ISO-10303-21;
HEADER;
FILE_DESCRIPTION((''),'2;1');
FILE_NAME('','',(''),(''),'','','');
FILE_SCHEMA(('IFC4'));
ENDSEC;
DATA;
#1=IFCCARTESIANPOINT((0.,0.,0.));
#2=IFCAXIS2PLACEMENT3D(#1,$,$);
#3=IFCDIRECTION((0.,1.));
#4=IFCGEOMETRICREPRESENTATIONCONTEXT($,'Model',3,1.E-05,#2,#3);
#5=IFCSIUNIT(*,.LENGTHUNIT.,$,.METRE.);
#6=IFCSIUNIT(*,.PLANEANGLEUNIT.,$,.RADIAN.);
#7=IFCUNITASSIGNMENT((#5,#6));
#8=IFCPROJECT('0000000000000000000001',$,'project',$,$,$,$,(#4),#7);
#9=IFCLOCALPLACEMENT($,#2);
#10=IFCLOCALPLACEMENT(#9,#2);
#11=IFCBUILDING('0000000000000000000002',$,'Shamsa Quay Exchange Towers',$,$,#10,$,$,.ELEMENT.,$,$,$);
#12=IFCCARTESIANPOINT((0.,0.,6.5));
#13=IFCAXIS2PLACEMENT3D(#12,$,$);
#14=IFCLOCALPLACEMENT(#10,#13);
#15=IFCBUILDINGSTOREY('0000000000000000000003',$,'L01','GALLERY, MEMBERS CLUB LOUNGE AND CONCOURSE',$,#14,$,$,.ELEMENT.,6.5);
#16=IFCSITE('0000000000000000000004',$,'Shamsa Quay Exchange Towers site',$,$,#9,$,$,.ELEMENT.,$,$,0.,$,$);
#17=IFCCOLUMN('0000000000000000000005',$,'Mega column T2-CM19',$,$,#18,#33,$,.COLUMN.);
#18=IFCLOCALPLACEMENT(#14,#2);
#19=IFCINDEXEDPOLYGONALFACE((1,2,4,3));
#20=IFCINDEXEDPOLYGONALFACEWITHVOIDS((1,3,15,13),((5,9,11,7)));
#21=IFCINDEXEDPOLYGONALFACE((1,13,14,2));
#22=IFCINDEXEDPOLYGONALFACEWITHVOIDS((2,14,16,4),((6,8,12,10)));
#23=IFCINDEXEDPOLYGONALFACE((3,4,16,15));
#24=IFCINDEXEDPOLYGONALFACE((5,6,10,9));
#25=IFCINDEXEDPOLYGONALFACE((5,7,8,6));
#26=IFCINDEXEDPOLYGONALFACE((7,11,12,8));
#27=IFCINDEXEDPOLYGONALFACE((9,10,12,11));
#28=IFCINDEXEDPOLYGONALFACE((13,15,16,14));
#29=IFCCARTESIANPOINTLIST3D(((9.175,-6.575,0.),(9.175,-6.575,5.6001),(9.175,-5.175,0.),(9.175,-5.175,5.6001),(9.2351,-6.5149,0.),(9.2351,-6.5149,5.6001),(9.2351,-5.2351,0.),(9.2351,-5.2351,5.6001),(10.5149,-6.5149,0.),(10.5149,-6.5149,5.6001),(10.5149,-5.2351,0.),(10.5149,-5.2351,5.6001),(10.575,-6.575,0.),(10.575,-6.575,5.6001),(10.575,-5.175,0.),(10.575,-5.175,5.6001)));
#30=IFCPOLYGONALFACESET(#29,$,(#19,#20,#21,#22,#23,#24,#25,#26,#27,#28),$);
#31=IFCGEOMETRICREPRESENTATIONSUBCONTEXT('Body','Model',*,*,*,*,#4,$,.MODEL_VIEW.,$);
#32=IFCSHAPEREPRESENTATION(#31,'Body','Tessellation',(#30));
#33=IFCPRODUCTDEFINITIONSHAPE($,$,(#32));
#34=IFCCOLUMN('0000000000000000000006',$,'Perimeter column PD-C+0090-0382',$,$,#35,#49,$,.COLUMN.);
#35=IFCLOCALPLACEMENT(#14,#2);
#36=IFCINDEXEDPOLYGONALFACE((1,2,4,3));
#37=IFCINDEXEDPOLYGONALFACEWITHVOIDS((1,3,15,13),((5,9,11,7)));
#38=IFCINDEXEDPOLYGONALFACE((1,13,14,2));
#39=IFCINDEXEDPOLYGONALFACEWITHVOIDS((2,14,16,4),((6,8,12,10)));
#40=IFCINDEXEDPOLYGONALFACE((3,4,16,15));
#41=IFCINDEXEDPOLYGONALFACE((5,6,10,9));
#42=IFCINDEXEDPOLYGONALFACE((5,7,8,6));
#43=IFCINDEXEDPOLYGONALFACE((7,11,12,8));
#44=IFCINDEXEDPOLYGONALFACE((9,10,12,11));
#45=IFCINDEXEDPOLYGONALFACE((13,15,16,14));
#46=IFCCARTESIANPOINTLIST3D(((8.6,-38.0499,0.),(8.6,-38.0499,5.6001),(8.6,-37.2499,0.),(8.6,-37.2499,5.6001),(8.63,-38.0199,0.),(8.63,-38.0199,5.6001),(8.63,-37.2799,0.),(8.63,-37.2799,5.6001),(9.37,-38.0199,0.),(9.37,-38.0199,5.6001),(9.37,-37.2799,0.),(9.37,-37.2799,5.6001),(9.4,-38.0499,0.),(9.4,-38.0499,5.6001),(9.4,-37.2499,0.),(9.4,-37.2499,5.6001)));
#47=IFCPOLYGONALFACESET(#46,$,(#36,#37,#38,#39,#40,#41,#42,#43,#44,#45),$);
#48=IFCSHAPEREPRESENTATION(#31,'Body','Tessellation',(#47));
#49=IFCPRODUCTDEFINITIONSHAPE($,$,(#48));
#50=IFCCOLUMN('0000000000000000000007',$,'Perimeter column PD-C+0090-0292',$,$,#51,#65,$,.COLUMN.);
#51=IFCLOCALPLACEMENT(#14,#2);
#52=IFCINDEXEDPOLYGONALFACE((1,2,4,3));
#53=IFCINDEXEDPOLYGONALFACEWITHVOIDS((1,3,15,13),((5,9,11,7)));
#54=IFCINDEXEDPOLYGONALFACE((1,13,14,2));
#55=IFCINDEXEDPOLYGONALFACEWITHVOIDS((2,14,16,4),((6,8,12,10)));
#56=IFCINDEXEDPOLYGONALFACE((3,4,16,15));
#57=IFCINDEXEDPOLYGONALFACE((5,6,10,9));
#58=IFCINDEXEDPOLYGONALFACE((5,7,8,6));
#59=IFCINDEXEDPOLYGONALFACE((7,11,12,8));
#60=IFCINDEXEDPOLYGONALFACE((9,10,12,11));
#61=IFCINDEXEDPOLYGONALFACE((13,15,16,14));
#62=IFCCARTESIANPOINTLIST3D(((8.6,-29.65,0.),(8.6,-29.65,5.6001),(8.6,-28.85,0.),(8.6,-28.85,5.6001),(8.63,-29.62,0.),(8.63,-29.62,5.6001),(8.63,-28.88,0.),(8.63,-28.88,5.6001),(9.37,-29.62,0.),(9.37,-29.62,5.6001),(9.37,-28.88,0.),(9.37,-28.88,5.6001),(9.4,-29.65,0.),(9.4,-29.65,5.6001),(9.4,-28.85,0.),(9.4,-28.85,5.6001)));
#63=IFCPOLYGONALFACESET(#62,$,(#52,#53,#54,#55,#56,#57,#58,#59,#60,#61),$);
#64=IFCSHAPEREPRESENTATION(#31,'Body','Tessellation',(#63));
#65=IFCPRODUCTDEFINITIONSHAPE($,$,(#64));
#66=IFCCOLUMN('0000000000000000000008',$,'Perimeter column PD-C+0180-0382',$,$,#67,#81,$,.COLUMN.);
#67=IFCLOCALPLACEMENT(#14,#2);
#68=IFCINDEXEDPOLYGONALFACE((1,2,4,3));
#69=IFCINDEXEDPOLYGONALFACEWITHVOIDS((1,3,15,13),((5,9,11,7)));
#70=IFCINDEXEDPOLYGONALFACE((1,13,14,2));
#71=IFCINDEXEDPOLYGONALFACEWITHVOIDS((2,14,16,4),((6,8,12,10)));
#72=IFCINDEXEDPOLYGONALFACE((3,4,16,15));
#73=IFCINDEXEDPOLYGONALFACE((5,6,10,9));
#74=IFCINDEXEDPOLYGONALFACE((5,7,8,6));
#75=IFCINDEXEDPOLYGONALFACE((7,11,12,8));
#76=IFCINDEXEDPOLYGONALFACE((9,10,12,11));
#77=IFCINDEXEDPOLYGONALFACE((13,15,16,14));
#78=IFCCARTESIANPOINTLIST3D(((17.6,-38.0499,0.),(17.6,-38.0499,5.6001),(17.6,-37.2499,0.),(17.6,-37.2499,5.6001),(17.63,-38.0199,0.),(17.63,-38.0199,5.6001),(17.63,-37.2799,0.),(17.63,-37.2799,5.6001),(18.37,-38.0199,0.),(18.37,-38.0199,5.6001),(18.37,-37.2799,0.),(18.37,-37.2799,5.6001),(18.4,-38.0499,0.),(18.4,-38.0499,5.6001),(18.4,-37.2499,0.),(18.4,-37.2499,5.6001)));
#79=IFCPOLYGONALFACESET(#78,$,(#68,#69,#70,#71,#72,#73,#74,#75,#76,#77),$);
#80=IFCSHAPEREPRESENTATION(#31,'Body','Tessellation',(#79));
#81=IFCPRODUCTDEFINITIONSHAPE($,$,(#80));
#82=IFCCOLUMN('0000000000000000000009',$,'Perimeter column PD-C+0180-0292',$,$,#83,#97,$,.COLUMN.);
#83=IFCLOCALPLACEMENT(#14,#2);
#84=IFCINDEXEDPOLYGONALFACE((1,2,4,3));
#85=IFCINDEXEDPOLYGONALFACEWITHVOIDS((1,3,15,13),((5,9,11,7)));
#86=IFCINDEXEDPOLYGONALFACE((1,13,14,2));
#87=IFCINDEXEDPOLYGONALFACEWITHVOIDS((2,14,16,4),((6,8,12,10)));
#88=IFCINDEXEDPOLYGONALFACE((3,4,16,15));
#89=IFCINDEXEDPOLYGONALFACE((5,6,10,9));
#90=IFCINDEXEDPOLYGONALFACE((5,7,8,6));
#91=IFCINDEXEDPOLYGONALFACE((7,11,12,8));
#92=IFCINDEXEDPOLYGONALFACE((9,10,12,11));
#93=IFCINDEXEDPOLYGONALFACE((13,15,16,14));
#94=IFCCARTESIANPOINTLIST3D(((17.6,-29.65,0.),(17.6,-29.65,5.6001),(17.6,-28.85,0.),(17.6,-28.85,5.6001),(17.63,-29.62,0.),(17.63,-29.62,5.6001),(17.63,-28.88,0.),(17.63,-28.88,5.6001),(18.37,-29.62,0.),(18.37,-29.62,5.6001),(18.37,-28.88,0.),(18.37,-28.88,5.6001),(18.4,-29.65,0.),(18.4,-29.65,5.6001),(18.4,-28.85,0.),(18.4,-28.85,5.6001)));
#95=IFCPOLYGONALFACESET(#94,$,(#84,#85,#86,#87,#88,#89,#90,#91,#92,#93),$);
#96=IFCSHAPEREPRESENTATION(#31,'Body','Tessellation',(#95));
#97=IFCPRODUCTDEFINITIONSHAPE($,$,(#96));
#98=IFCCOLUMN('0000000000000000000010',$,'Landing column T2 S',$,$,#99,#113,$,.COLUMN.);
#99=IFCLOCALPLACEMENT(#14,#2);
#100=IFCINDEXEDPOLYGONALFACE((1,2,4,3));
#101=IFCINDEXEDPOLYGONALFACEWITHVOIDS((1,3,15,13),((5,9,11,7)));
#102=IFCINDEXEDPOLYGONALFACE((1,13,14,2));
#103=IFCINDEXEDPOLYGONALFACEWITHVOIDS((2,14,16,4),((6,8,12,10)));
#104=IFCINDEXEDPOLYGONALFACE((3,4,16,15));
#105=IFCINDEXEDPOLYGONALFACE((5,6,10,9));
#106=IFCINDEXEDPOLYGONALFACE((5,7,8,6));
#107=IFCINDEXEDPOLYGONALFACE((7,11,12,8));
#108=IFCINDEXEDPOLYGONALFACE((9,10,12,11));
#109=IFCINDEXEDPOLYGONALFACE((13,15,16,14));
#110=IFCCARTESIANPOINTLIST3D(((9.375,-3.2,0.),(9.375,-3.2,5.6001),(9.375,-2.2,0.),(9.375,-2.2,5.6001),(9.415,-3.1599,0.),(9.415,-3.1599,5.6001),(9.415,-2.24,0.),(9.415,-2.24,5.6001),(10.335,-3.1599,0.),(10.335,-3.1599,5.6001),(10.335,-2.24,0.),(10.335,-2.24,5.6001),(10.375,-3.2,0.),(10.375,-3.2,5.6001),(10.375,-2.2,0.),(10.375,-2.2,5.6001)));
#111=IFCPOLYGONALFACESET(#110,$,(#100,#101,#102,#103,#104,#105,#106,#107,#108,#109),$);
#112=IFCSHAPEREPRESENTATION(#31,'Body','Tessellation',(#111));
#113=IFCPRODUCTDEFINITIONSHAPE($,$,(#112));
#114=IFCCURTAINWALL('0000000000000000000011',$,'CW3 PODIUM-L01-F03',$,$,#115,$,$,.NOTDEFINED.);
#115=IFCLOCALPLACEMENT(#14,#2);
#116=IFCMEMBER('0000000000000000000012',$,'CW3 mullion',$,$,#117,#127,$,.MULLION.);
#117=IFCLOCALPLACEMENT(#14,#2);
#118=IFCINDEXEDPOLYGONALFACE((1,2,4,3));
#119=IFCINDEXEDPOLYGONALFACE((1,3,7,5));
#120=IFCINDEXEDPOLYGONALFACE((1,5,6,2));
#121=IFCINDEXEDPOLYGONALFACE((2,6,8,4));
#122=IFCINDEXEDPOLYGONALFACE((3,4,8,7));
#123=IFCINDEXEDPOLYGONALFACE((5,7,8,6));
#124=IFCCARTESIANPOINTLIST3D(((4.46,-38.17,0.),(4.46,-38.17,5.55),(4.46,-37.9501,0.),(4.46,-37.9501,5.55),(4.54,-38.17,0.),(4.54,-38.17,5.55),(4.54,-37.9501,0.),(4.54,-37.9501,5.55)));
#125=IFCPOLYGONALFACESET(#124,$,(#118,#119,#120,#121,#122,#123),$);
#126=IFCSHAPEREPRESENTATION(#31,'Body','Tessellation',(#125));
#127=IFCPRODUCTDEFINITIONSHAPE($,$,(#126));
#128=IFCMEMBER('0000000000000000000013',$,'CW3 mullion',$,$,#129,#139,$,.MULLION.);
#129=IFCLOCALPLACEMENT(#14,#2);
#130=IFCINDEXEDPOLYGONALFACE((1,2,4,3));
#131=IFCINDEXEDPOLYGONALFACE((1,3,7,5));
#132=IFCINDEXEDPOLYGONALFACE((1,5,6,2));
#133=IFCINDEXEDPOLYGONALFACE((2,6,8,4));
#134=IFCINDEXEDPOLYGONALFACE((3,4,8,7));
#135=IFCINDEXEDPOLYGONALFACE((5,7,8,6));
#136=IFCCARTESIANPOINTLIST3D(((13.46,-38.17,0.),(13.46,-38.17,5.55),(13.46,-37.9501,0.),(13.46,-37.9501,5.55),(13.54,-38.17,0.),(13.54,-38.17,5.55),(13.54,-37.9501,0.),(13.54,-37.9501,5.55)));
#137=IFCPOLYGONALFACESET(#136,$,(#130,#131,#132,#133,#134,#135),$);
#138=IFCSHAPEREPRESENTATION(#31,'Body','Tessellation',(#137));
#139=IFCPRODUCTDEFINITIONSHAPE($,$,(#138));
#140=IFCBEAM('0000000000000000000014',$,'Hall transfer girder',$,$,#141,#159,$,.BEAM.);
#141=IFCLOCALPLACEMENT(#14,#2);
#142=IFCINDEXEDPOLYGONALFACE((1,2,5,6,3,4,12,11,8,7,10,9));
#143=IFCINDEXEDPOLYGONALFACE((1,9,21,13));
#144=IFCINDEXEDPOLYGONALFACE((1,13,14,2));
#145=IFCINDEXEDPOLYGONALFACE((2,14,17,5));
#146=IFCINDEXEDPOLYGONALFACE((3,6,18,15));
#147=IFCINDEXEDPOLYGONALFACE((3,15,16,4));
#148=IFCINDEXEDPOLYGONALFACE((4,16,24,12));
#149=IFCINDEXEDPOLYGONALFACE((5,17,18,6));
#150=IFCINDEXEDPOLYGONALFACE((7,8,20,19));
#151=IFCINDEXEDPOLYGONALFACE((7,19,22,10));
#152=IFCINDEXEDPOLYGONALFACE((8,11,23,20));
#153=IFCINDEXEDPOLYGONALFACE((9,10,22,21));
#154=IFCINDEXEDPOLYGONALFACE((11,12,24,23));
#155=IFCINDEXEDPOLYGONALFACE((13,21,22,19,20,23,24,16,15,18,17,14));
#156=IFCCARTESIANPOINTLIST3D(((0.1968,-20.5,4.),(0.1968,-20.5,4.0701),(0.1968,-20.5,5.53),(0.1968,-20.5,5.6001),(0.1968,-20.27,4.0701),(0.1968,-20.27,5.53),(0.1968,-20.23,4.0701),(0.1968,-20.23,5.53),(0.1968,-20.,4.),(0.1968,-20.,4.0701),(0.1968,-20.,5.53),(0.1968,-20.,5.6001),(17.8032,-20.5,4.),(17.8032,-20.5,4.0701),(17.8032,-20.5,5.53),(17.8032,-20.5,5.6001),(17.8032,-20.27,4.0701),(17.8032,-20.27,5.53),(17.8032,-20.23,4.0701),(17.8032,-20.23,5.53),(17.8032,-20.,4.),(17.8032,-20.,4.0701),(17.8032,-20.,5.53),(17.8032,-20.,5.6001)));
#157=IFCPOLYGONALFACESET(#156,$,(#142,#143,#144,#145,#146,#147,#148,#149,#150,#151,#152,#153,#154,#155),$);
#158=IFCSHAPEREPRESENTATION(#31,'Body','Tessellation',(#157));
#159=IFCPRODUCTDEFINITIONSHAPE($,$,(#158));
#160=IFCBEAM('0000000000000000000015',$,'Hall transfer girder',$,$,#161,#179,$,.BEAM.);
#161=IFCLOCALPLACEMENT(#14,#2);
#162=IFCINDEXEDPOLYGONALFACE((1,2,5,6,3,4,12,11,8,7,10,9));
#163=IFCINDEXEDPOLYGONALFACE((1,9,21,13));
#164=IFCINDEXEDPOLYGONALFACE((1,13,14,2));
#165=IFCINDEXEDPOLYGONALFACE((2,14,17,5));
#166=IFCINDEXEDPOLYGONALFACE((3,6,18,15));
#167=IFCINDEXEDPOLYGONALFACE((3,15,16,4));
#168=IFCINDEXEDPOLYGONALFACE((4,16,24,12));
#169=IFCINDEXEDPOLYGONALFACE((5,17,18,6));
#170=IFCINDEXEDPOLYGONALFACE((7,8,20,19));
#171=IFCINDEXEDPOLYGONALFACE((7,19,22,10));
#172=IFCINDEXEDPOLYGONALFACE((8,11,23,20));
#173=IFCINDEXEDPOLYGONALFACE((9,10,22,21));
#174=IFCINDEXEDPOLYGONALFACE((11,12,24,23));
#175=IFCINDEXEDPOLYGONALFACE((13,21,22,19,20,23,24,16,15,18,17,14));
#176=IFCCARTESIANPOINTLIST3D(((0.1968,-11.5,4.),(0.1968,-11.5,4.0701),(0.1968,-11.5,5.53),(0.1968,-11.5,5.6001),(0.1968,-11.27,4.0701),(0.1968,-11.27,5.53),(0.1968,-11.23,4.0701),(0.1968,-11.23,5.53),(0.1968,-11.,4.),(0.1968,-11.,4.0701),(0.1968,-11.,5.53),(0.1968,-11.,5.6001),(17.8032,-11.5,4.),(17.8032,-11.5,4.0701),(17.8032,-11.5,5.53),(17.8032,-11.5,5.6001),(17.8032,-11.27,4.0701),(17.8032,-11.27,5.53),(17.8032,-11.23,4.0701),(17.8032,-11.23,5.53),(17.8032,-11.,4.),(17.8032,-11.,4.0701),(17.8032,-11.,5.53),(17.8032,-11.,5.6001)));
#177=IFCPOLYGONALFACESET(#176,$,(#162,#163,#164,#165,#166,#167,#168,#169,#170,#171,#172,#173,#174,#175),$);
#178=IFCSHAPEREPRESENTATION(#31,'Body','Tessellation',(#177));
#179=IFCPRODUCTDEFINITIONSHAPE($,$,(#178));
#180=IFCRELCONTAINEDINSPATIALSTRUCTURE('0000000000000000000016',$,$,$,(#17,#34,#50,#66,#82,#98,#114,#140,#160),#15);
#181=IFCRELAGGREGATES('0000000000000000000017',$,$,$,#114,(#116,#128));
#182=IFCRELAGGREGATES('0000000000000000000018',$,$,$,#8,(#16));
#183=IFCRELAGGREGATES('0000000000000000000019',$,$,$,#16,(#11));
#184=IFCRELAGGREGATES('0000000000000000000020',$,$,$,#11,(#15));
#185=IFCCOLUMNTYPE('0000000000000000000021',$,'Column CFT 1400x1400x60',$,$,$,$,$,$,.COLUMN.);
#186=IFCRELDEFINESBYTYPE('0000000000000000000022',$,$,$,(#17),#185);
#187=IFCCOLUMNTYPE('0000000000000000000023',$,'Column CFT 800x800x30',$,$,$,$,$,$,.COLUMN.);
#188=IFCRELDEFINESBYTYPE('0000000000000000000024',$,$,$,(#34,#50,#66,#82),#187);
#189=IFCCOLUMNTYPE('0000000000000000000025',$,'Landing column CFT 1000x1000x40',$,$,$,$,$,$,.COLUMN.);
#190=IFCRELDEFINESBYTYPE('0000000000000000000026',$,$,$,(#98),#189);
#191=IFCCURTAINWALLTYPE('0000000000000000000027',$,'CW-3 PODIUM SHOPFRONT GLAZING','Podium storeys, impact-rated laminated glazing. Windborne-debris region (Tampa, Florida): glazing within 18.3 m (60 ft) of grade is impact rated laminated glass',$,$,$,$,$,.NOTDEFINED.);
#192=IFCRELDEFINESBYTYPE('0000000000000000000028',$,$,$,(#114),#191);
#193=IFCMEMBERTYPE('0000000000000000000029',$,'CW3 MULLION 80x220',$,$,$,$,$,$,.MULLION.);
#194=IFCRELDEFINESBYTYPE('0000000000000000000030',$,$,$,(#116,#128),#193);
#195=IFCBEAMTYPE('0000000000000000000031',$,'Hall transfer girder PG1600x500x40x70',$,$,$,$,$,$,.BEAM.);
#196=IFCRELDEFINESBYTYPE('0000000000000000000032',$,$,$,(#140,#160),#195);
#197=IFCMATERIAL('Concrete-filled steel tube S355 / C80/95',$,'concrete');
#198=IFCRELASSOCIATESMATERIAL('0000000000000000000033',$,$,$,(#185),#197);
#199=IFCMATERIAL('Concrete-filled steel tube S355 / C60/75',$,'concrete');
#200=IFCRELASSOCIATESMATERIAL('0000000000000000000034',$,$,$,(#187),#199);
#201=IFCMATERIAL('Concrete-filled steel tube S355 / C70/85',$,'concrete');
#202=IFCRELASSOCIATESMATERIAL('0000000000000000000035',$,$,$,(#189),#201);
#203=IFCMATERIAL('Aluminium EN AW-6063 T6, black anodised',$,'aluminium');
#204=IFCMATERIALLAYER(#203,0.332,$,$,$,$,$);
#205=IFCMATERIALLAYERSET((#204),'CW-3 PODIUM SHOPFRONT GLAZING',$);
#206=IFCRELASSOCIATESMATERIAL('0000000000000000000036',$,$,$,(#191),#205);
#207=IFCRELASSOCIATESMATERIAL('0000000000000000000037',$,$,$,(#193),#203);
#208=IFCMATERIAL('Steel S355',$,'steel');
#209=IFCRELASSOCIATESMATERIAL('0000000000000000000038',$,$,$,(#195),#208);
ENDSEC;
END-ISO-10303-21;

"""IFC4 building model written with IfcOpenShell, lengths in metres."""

from ifc_helpers import new_model, si_unit, direction, frame, origin, origin_2d, place, context, subcontext, project, spatial, rectangle, hollow_rectangle, i_section, extrude, material, layer, layer_set, material_profile, profile_set, type_object, element, aggregate, save


model = new_model("IFC4")

# Units and contexts
model_context = context("Model", 3, precision=1e-05, world=origin(), true_north=direction((0.0, 1.0)))
body_context = subcontext(model_context, "Body", "Model", "MODEL_VIEW")
ifc_project = project(units=[si_unit("LENGTHUNIT", "METRE"), si_unit("PLANEANGLEUNIT", "RADIAN")], contexts=[model_context])

# Site, building, storey
site_placement = place(None, origin())
site = spatial("IfcSite", under=ifc_project, at=site_placement, Name="Shamsa Quay Exchange Towers site", CompositionType="ELEMENT", RefElevation=0.0)
building_placement = place(site_placement, origin())
building = spatial("IfcBuilding", under=site, at=building_placement, Name="Shamsa Quay Exchange Towers", CompositionType="ELEMENT")
storey_placement = place(building_placement, frame((0.0, 0.0, 6.5)))
storey = spatial("IfcBuildingStorey", under=building, at=storey_placement, Name="L01", Description="GALLERY, MEMBERS CLUB LOUNGE AND CONCOURSE", CompositionType="ELEMENT", Elevation=6.5)

# Columns
ifc_material_1 = material(Name="Concrete-filled steel tube S355 / C80/95", Category="concrete")
ifc_material_profile_1 = material_profile(ifc_material_1, hollow_rectangle(XDim=1.3999, YDim=1.3999, WallThickness=0.0601, at=origin_2d()), Name="CFT 1400x1400x60")
ifc_profile_set_1 = profile_set([ifc_material_profile_1], Name="Concrete-filled steel tube S355 / C80/95")
column_type_1 = type_object("IfcColumnType", Name="Column CFT 1400x1400x60", PredefinedType="COLUMN", material=ifc_profile_set_1)
column_1_placement = place(storey_placement, frame((9.875, -5.875, 0.0)))
element("IfcColumn", 1, at=column_1_placement, inside=storey, type_object=column_type_1, Name="Mega column T2-CM19", PredefinedType="COLUMN", context=body_context, shape_type="SweptSolid", body=[
    extrude(hollow_rectangle(XDim=1.3999, YDim=1.3999, WallThickness=0.0601, at=origin_2d()), origin(), (0.0, 0.0, 1.0), 5.6001),
])
ifc_material_2 = material(Name="Concrete-filled steel tube S355 / C60/75", Category="concrete")
ifc_material_profile_2 = material_profile(ifc_material_2, hollow_rectangle(XDim=0.8, YDim=0.8, WallThickness=0.03, at=origin_2d()), Name="CFT 800x800x30")
ifc_profile_set_2 = profile_set([ifc_material_profile_2], Name="Concrete-filled steel tube S355 / C60/75")
column_type_2 = type_object("IfcColumnType", Name="Column CFT 800x800x30", PredefinedType="COLUMN", material=ifc_profile_set_2)
for number, where, name in (
    (2, (9.0, -37.6499, 0.0), "Perimeter column PD-C+0090-0382"),
    (3, (9.0, -29.25, 0.0), "Perimeter column PD-C+0090-0292"),
    (4, (18.0, -37.6499, 0.0), "Perimeter column PD-C+0180-0382"),
    (5, (18.0, -29.25, 0.0), "Perimeter column PD-C+0180-0292"),
):
    element("IfcColumn", number, at=place(storey_placement, frame(where)), inside=storey, type_object=column_type_2, Name=name, PredefinedType="COLUMN", context=body_context, shape_type="SweptSolid", body=[
        extrude(hollow_rectangle(XDim=0.8, YDim=0.8, WallThickness=0.03, at=origin_2d()), origin(), (0.0, 0.0, 1.0), 5.6001),
    ])
ifc_material_3 = material(Name="Concrete-filled steel tube S355 / C70/85", Category="concrete")
ifc_material_profile_3 = material_profile(ifc_material_3, hollow_rectangle(XDim=1.0, YDim=1.0, WallThickness=0.04, at=origin_2d()), Name="CFT 1000x1000x40")
ifc_profile_set_3 = profile_set([ifc_material_profile_3], Name="Concrete-filled steel tube S355 / C70/85")
column_type_3 = type_object("IfcColumnType", Name="Landing column CFT 1000x1000x40", PredefinedType="COLUMN", material=ifc_profile_set_3)
column_2_placement = place(storey_placement, frame((9.875, -2.7, 0.0)))
element("IfcColumn", 6, at=column_2_placement, inside=storey, type_object=column_type_3, Name="Landing column T2 S", PredefinedType="COLUMN", context=body_context, shape_type="SweptSolid", body=[
    extrude(hollow_rectangle(XDim=1.0, YDim=1.0, WallThickness=0.04, at=origin_2d()), origin(), (0.0, 0.0, 1.0), 5.6001),
])

# Curtain wall, members
ifc_material_4 = material(Name="Aluminium EN AW-6063 T6, black anodised", Category="aluminium")
ifc_layer_1 = layer(ifc_material_4, 0.332)
ifc_layer_set_1 = layer_set([ifc_layer_1], Name="CW-3 PODIUM SHOPFRONT GLAZING")
curtain_wall_type = type_object("IfcCurtainWallType", Name="CW-3 PODIUM SHOPFRONT GLAZING", Description="Podium storeys, impact-rated laminated glazing. Windborne-debris region (Tampa, Florida): glazing within 18.3 m (60 ft) of grade is impact rated laminated glass", PredefinedType="NOTDEFINED", material=ifc_layer_set_1)
curtain_wall_placement = place(storey_placement, origin())
curtain_wall = element("IfcCurtainWall", 7, at=curtain_wall_placement, inside=storey, type_object=curtain_wall_type, Name="CW3 PODIUM-L01-F03", PredefinedType="NOTDEFINED")
ifc_material_profile_4 = material_profile(ifc_material_4, rectangle(XDim=0.22, YDim=0.0801, at=origin_2d()), Name="MU80x220")
ifc_profile_set_4 = profile_set([ifc_material_profile_4], Name="Aluminium EN AW-6063 T6, black anodised")
member_type_1 = type_object("IfcMemberType", Name="CW3 MULLION 80x220", PredefinedType="MULLION", material=ifc_profile_set_4)
member_1_placement = place(storey_placement, frame((4.5, -38.0601, 0.0), z_axis=(0.0, 0.0, 1.0), x_axis=(0.0, 1.0, 0.0)))
member_1 = element("IfcMember", 8, at=member_1_placement, type_object=member_type_1, Name="CW3 mullion", PredefinedType="MULLION", context=body_context, shape_type="SweptSolid", body=[
    extrude(rectangle(XDim=0.22, YDim=0.0801, at=origin_2d()), origin(), (0.0, 0.0, 1.0), 5.55),
])
member_2_placement = place(storey_placement, frame((13.5, -38.0601, 0.0), z_axis=(0.0, 0.0, 1.0), x_axis=(0.0, 1.0, 0.0)))
member_2 = element("IfcMember", 9, at=member_2_placement, type_object=member_type_1, Name="CW3 mullion", PredefinedType="MULLION", context=body_context, shape_type="SweptSolid", body=[
    extrude(rectangle(XDim=0.22, YDim=0.0801, at=origin_2d()), origin(), (0.0, 0.0, 1.0), 5.55),
])

# Beams
ifc_material_5 = material(Name="Steel S355", Category="steel")
ifc_material_profile_5 = material_profile(ifc_material_5, i_section(OverallWidth=0.5, OverallDepth=1.6001, WebThickness=0.04, FlangeThickness=0.0701, at=origin_2d()), Name="PG1600x500x40x70")
ifc_profile_set_5 = profile_set([ifc_material_profile_5], Name="Steel S355")
beam_type = type_object("IfcBeamType", Name="Hall transfer girder PG1600x500x40x70", PredefinedType="BEAM", material=ifc_profile_set_5)
for number, where, z_axis, x_axis, name in (
    (10, (0.1968, -20.25, 4.8), (1.0, 0.0, 0.0), (0.0, 1.0, 0.0), "Hall transfer girder"),
    (11, (0.1968, -11.25, 4.8), (1.0, 0.0, 0.0), (0.0, 1.0, 0.0), "Hall transfer girder"),
):
    element("IfcBeam", number, at=place(storey_placement, frame(where, z_axis=z_axis, x_axis=x_axis)), inside=storey, type_object=beam_type, Name=name, PredefinedType="BEAM", context=body_context, shape_type="SweptSolid", body=[
        extrude(i_section(OverallWidth=0.5, OverallDepth=1.6001, WebThickness=0.04, FlangeThickness=0.0701, at=origin_2d()), origin(), (0.0, 0.0, 1.0), 17.6064),
    ])

aggregate(curtain_wall, [member_1, member_2])

save(model, "model.ifc")
